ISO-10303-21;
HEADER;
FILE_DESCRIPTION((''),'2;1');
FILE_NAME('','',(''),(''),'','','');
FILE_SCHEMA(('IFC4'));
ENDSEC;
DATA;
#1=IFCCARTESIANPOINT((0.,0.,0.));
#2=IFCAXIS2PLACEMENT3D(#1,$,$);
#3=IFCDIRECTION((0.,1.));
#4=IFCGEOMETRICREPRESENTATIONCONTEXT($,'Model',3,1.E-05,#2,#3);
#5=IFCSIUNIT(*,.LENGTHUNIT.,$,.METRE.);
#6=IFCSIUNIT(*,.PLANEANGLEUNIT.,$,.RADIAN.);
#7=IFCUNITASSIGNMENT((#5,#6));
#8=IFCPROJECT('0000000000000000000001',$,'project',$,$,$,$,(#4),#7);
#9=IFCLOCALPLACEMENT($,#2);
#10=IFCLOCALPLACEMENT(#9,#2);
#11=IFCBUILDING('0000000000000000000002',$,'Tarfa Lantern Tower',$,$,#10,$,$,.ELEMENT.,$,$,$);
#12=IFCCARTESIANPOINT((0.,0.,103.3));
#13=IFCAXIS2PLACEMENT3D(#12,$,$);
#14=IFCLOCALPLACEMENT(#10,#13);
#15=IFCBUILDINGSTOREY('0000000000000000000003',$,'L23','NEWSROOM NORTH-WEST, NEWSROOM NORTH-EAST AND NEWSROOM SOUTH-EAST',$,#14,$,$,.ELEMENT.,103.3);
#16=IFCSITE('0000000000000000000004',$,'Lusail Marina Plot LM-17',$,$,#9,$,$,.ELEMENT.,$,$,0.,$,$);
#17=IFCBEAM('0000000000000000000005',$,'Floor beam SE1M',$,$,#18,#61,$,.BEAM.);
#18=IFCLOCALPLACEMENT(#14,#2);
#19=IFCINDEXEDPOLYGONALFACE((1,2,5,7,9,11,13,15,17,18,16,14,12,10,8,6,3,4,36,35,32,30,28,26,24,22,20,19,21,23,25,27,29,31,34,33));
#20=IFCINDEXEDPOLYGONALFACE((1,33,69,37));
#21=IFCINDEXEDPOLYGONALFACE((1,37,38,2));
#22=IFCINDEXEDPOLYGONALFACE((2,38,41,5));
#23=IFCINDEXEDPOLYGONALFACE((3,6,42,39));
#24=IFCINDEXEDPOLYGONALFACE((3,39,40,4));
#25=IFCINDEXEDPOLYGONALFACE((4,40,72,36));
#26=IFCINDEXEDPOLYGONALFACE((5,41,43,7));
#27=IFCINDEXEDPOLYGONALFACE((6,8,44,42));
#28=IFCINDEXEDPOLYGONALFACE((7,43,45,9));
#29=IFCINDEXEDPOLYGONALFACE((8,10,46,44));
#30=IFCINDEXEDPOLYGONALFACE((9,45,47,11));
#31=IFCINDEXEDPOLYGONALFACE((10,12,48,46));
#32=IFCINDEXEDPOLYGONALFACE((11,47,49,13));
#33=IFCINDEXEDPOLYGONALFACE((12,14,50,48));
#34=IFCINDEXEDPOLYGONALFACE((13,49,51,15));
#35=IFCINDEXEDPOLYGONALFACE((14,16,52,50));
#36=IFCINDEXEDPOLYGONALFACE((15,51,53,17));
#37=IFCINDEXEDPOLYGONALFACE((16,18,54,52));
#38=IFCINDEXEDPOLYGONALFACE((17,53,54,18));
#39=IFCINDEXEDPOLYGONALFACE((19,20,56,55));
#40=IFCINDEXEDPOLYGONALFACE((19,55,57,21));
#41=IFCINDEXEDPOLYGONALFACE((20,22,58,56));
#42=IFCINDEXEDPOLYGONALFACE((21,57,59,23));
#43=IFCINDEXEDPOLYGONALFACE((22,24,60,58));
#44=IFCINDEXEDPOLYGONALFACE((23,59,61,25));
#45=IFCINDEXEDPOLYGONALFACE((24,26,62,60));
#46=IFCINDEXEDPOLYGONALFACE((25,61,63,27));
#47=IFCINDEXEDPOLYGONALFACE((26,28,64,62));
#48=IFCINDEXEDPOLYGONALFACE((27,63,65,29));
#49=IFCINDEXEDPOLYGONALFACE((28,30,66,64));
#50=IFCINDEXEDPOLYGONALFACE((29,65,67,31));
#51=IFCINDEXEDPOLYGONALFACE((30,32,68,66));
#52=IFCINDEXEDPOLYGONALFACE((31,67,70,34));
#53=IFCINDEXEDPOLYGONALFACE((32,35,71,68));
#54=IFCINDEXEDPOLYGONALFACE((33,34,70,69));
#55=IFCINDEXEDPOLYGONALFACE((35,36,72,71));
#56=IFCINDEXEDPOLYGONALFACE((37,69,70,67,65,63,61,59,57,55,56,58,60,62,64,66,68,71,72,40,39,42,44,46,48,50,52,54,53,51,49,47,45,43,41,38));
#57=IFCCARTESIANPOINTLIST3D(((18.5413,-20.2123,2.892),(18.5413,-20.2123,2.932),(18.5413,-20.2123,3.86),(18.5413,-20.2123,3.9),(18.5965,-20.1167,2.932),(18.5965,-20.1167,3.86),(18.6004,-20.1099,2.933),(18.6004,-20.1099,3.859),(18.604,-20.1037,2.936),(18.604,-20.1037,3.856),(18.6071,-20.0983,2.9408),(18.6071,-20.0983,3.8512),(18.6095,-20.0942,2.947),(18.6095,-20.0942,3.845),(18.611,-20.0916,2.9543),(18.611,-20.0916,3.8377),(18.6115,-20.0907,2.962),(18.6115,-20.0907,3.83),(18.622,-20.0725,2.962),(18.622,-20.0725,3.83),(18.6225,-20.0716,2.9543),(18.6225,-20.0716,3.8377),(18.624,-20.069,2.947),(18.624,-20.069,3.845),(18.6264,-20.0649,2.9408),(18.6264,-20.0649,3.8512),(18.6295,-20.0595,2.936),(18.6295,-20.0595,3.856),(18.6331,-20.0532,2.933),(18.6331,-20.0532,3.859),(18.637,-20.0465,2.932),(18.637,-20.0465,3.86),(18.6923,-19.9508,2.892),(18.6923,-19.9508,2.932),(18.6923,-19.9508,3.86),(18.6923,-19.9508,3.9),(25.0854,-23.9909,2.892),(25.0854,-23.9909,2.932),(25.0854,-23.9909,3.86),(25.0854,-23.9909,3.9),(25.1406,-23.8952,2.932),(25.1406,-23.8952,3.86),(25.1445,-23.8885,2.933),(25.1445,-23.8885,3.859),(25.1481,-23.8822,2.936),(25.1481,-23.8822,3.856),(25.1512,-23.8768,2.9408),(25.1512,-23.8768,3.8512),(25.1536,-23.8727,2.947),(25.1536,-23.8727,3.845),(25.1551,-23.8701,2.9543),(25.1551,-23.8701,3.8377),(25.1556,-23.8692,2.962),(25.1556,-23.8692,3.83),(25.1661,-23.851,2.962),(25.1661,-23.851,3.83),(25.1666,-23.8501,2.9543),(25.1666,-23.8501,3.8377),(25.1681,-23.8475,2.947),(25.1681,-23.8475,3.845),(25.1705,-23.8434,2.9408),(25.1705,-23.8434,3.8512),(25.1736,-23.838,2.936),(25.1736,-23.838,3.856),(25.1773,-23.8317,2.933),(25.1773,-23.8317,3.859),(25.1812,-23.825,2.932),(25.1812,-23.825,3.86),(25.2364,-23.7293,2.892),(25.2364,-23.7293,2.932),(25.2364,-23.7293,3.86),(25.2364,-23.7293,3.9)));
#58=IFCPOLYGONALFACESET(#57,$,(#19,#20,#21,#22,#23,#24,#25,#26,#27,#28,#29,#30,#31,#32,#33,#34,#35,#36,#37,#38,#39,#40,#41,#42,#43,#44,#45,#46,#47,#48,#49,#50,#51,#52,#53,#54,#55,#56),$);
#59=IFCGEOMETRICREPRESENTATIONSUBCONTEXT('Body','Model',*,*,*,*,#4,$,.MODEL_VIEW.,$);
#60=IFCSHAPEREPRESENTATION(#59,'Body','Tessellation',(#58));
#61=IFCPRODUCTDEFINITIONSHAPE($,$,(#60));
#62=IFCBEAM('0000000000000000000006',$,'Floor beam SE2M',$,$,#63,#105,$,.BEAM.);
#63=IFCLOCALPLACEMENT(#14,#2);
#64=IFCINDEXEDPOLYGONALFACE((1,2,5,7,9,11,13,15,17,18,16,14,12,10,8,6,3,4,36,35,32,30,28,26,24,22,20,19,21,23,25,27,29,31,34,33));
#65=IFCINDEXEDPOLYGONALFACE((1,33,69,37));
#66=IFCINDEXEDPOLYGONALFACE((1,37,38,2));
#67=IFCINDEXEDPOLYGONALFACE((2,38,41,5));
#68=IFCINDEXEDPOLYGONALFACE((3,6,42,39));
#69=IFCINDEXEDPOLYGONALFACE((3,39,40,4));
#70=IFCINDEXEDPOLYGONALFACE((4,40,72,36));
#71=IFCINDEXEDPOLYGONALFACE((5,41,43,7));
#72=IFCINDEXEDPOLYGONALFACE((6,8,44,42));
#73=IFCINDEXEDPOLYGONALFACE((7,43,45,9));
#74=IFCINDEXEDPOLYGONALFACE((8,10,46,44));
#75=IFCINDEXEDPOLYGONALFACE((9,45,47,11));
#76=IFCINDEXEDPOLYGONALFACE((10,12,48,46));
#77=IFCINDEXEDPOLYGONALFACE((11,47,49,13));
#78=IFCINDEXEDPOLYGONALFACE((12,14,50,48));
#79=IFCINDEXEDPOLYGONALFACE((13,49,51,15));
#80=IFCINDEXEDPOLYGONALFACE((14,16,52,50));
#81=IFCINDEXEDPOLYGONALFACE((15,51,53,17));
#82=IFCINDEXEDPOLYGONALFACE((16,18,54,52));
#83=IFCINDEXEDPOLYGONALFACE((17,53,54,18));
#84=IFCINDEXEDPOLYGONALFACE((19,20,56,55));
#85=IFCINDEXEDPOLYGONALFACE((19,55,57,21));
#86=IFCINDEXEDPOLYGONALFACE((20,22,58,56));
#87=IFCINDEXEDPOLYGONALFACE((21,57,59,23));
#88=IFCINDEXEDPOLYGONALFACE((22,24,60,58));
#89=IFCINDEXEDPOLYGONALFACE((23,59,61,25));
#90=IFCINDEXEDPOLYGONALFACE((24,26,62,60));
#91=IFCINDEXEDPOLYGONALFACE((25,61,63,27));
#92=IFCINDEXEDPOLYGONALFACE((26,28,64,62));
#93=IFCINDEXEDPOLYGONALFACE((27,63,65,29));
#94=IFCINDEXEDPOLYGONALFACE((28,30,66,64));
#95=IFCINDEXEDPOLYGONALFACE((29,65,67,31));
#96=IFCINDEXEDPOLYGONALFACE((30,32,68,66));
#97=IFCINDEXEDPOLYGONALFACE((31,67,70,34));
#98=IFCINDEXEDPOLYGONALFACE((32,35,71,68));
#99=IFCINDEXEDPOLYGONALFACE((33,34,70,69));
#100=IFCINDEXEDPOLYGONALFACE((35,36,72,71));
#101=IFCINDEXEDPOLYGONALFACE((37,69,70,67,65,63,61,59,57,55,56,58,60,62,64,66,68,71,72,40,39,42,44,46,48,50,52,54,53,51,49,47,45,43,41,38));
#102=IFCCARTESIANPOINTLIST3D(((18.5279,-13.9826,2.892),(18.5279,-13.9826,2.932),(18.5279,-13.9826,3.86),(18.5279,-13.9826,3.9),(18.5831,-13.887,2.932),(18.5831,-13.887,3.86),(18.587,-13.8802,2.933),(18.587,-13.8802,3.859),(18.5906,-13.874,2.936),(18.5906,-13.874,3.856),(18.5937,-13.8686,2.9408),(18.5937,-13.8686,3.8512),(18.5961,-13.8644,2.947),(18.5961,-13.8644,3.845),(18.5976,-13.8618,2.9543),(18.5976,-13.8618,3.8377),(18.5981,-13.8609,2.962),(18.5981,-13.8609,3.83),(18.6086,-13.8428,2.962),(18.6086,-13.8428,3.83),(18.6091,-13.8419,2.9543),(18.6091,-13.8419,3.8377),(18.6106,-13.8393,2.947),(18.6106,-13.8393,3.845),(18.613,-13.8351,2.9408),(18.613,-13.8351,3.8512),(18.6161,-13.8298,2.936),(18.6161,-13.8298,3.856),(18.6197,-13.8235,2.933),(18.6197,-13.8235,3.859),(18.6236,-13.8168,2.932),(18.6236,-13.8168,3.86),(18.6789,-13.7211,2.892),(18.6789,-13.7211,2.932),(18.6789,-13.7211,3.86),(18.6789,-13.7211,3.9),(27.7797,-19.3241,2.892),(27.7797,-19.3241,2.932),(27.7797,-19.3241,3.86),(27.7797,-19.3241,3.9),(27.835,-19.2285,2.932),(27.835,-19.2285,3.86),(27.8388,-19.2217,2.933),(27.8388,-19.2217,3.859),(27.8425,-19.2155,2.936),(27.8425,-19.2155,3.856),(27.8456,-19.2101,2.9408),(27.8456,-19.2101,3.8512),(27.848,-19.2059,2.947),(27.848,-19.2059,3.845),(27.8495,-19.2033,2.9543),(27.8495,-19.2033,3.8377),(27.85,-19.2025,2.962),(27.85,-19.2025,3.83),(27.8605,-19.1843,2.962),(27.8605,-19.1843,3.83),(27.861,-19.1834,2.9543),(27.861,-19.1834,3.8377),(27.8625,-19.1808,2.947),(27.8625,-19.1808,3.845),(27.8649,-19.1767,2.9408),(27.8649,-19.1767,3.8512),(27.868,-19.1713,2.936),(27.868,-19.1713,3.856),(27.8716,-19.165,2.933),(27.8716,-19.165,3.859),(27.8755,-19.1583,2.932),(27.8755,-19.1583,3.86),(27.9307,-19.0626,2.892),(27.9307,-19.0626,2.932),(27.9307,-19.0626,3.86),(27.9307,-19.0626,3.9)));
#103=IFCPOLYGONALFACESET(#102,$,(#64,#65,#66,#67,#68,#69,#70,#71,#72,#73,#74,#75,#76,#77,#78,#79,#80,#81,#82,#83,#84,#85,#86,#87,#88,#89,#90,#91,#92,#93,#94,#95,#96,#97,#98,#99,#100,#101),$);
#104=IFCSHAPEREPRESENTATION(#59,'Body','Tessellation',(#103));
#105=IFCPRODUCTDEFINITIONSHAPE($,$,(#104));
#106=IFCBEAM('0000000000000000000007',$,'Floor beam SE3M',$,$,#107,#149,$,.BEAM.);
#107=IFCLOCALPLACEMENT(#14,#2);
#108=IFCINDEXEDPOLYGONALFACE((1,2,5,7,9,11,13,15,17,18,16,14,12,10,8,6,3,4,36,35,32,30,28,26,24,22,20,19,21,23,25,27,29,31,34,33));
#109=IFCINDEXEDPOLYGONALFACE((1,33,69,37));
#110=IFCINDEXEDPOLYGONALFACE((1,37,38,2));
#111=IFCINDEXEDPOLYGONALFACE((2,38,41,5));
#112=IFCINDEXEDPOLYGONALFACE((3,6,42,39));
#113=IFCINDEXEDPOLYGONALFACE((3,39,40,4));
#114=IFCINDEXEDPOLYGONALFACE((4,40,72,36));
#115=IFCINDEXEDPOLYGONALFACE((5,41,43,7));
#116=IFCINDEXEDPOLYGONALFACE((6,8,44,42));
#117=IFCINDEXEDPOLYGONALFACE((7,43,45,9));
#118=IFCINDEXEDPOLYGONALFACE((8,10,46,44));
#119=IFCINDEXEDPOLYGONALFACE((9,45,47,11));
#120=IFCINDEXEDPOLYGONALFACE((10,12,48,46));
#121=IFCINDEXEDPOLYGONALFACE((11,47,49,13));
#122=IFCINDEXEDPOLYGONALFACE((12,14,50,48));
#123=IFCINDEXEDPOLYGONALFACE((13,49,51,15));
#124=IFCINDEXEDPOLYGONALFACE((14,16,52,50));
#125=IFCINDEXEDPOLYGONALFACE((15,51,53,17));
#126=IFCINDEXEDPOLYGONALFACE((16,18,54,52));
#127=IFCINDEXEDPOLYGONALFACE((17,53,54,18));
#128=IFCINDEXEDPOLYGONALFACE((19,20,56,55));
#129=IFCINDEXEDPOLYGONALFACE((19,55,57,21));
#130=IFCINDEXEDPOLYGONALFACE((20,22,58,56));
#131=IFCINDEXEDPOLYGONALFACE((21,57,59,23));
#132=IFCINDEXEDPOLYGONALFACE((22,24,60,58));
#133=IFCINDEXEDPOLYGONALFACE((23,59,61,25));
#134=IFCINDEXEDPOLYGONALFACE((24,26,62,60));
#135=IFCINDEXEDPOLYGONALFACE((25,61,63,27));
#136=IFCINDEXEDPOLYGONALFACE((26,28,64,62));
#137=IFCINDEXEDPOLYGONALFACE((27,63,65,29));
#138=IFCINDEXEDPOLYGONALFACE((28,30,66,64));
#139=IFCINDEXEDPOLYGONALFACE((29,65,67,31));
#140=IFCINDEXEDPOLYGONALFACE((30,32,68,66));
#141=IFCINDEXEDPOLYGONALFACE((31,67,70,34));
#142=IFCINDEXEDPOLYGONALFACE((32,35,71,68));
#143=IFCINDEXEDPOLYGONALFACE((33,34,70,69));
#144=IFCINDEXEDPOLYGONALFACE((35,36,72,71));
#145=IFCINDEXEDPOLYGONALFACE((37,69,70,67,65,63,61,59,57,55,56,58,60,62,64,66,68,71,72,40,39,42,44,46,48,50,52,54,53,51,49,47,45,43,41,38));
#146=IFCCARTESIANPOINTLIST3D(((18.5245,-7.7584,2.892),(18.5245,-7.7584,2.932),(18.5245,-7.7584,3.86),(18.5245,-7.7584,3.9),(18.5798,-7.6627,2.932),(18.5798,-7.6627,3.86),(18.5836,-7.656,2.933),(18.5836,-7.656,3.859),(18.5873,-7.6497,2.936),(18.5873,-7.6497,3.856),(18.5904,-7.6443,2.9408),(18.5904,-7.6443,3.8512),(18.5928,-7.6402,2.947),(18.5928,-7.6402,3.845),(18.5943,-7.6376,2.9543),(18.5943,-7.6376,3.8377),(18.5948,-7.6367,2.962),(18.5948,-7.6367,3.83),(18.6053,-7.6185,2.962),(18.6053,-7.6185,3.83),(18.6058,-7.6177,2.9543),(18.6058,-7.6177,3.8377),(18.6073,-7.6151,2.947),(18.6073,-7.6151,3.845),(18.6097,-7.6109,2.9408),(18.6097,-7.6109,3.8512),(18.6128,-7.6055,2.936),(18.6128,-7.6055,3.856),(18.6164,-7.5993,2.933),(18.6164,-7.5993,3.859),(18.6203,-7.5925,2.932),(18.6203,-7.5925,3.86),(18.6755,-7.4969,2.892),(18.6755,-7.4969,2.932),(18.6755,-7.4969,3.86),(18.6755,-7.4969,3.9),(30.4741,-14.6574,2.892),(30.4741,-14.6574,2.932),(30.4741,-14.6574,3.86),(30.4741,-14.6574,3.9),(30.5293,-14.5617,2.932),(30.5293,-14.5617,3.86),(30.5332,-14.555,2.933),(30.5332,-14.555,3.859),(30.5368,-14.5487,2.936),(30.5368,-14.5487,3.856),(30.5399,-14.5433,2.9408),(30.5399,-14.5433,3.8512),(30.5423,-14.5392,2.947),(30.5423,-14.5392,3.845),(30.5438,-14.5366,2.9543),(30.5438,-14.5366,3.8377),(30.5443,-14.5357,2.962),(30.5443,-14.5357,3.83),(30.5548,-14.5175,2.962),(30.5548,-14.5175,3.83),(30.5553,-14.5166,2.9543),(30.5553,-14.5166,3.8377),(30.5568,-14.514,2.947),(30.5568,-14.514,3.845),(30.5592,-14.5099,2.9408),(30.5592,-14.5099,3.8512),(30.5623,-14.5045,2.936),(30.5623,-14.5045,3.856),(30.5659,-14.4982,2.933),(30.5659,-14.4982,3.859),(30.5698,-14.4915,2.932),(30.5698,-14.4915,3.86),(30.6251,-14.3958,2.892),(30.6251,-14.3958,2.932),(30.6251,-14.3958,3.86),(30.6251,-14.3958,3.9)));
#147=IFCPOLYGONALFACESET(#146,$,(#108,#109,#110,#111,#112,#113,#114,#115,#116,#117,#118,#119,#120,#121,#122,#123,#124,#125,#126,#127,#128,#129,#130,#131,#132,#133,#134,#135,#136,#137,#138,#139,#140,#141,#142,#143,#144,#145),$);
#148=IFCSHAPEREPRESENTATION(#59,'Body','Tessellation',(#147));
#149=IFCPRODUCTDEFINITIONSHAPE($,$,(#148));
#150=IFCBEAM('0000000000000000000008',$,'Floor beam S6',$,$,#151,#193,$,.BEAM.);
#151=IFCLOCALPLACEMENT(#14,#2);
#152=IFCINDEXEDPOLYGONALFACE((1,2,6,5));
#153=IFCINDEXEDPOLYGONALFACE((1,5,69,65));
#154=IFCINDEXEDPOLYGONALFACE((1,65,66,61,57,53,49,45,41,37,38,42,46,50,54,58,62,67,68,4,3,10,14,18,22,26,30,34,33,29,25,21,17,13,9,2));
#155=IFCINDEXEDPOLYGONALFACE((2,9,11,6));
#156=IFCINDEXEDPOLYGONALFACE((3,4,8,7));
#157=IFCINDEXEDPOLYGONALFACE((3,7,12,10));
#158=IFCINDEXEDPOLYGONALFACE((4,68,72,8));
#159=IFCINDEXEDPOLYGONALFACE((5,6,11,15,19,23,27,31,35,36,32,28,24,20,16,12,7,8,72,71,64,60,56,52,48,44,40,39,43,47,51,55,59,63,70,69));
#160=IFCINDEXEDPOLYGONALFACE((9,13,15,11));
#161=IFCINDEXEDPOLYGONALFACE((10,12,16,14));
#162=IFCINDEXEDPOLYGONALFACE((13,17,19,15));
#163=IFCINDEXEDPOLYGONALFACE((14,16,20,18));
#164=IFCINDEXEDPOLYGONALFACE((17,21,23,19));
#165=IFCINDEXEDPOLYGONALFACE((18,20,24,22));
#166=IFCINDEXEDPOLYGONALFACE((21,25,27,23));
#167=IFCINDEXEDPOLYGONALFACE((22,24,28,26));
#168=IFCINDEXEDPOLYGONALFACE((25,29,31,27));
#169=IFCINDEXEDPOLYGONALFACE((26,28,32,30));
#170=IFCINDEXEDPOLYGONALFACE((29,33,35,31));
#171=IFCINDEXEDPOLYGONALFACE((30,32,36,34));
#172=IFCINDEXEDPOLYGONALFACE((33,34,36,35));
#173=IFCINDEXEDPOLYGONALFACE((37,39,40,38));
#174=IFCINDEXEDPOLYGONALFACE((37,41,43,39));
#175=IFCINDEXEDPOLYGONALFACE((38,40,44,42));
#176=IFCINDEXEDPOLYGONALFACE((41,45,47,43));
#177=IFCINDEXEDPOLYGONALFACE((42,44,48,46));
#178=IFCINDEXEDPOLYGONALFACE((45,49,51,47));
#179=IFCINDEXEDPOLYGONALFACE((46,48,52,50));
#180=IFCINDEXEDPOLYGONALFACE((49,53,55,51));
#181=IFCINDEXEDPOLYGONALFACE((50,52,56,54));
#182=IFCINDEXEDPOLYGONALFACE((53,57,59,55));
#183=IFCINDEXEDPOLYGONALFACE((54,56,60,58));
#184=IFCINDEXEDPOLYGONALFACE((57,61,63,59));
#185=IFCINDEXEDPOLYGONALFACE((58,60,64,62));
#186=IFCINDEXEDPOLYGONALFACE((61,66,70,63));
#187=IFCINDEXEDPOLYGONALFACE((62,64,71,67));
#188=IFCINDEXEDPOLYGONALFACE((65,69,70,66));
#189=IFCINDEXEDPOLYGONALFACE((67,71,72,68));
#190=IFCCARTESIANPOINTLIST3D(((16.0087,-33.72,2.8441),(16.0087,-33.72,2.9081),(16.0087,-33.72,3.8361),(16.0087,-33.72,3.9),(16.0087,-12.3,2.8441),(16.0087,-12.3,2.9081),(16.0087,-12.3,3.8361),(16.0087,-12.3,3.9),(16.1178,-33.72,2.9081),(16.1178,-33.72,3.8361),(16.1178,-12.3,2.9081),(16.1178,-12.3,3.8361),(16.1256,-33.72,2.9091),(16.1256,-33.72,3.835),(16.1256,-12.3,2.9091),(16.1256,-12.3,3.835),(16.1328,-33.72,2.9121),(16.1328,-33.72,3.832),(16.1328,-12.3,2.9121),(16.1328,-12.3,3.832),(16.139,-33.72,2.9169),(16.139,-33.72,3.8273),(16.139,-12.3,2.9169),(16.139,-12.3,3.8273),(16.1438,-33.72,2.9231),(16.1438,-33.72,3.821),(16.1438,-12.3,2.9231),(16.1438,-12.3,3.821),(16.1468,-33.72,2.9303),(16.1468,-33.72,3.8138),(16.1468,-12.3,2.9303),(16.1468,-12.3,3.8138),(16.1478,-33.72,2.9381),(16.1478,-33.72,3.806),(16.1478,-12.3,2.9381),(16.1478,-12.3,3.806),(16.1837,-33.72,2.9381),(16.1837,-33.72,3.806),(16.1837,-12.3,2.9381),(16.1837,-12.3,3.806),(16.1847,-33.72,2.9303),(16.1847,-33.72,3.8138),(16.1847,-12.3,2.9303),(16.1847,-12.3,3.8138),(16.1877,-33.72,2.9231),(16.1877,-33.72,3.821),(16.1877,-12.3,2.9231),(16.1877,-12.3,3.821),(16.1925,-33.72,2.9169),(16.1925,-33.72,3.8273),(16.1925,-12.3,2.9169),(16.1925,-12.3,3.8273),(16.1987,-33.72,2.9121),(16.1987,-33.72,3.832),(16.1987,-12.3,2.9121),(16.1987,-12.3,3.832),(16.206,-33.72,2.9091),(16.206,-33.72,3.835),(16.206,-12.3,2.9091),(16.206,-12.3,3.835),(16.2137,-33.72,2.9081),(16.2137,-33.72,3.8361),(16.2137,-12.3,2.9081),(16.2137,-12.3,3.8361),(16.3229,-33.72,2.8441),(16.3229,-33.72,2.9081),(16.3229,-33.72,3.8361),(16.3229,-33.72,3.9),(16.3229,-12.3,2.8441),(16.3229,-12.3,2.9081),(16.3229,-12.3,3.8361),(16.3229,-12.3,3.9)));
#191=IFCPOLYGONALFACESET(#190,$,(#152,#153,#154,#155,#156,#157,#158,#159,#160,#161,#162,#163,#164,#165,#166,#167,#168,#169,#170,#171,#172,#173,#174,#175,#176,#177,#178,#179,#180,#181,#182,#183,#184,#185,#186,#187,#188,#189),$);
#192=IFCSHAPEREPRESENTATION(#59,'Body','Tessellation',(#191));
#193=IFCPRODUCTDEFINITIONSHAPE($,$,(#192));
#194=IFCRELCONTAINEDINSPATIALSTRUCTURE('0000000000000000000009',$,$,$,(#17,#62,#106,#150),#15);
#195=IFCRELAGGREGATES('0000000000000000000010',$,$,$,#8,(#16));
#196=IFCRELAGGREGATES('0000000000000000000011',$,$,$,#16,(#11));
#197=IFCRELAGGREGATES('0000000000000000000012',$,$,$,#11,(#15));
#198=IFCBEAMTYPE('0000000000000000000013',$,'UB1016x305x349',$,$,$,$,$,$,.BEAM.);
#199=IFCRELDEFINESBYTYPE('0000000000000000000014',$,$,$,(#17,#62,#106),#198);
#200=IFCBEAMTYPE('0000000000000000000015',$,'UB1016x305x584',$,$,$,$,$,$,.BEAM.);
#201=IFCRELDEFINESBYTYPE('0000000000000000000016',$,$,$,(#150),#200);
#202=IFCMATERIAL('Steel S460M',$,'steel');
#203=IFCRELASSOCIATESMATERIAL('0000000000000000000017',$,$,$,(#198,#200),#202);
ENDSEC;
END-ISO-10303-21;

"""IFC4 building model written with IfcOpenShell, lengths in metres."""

from ifc_helpers import new_model, si_unit, direction, frame, origin, origin_2d, place, context, subcontext, project, spatial, i_section, extrude, material, material_profile, profile_set, type_object, element, save


model = new_model("IFC4")

# Units and contexts
model_context = context("Model", 3, precision=1e-05, world=origin(), true_north=direction((0.0, 1.0)))
body_context = subcontext(model_context, "Body", "Model", "MODEL_VIEW")
ifc_project = project(units=[si_unit("LENGTHUNIT", "METRE"), si_unit("PLANEANGLEUNIT", "RADIAN")], contexts=[model_context])

# Site, building, storey
site_placement = place(None, origin())
site = spatial("IfcSite", under=ifc_project, at=site_placement, Name="Lusail Marina Plot LM-17", CompositionType="ELEMENT", RefElevation=0.0)
building_placement = place(site_placement, origin())
building = spatial("IfcBuilding", under=site, at=building_placement, Name="Tarfa Lantern Tower", CompositionType="ELEMENT")
storey_placement = place(building_placement, frame((0.0, 0.0, 103.3)))
storey = spatial("IfcBuildingStorey", under=building, at=storey_placement, Name="L23", Description="NEWSROOM NORTH-WEST, NEWSROOM NORTH-EAST AND NEWSROOM SOUTH-EAST", CompositionType="ELEMENT", Elevation=103.3)

# Beams
ifc_material_1 = material(Name="Steel S460M", Category="steel")
ifc_material_profile_1 = material_profile(ifc_material_1, i_section(OverallWidth=0.302, OverallDepth=1.0081, WebThickness=0.021, FlangeThickness=0.04, FilletRadius=0.03, at=origin_2d()), Name="UB1016x305x349")
ifc_profile_set_1 = profile_set([ifc_material_profile_1], Name="Steel S460M")
beam_type_1 = type_object("IfcBeamType", Name="UB1016x305x349", PredefinedType="BEAM", material=ifc_profile_set_1)
beam_1_placement = place(storey_placement, frame((25.1609, -23.8601, 3.396), z_axis=(-0.86601, 0.500027, 0.0), x_axis=(-0.500027, -0.86601, 0.0)))
element("IfcBeam", 1, at=beam_1_placement, inside=storey, type_object=beam_type_1, Name="Floor beam SE1M", PredefinedType="BEAM", context=body_context, shape_type="SweptSolid", body=[
    extrude(i_section(OverallWidth=0.302, OverallDepth=1.0081, WebThickness=0.021, FlangeThickness=0.04, FilletRadius=0.03, at=origin_2d()), origin(), (0.0, 0.0, 1.0), 7.5566),
])
beam_2_placement = place(storey_placement, frame((27.8552, -19.1934, 3.396), z_axis=(-0.866028, 0.499995, 0.0), x_axis=(-0.499995, -0.866028, 0.0)))
element("IfcBeam", 2, at=beam_2_placement, inside=storey, type_object=beam_type_1, Name="Floor beam SE2M", PredefinedType="BEAM", context=body_context, shape_type="SweptSolid", body=[
    extrude(i_section(OverallWidth=0.302, OverallDepth=1.0081, WebThickness=0.021, FlangeThickness=0.04, FilletRadius=0.03, at=origin_2d()), origin(), (0.0, 0.0, 1.0), 10.6831),
])
beam_3_placement = place(storey_placement, frame((30.5496, -14.5266, 3.396), z_axis=(-0.866029, 0.499995, 0.0), x_axis=(-0.499995, -0.866029, 0.0)))
element("IfcBeam", 3, at=beam_3_placement, inside=storey, type_object=beam_type_1, Name="Floor beam SE3M", PredefinedType="BEAM", context=body_context, shape_type="SweptSolid", body=[
    extrude(i_section(OverallWidth=0.302, OverallDepth=1.0081, WebThickness=0.021, FlangeThickness=0.04, FilletRadius=0.03, at=origin_2d()), origin(), (0.0, 0.0, 1.0), 13.7981),
])
ifc_material_profile_2 = material_profile(ifc_material_1, i_section(OverallWidth=0.3142, OverallDepth=1.0559, WebThickness=0.0359, FlangeThickness=0.064, FilletRadius=0.03, at=origin_2d()), Name="UB1016x305x584")
ifc_profile_set_2 = profile_set([ifc_material_profile_2], Name="Steel S460M")
beam_type_2 = type_object("IfcBeamType", Name="UB1016x305x584", PredefinedType="BEAM", material=ifc_profile_set_2)
beam_4_placement = place(storey_placement, frame((16.1658, -33.72, 3.3721), z_axis=(0.0, 1.0, 0.0), x_axis=(-1.0, 0.0, 0.0)))
element("IfcBeam", 4, at=beam_4_placement, inside=storey, type_object=beam_type_2, Name="Floor beam S6", PredefinedType="BEAM", context=body_context, shape_type="SweptSolid", body=[
    extrude(i_section(OverallWidth=0.3142, OverallDepth=1.0559, WebThickness=0.0359, FlangeThickness=0.064, FilletRadius=0.03, at=origin_2d()), origin(), (0.0, 0.0, 1.0), 21.4199),
])

save(model, "model.ifc")
